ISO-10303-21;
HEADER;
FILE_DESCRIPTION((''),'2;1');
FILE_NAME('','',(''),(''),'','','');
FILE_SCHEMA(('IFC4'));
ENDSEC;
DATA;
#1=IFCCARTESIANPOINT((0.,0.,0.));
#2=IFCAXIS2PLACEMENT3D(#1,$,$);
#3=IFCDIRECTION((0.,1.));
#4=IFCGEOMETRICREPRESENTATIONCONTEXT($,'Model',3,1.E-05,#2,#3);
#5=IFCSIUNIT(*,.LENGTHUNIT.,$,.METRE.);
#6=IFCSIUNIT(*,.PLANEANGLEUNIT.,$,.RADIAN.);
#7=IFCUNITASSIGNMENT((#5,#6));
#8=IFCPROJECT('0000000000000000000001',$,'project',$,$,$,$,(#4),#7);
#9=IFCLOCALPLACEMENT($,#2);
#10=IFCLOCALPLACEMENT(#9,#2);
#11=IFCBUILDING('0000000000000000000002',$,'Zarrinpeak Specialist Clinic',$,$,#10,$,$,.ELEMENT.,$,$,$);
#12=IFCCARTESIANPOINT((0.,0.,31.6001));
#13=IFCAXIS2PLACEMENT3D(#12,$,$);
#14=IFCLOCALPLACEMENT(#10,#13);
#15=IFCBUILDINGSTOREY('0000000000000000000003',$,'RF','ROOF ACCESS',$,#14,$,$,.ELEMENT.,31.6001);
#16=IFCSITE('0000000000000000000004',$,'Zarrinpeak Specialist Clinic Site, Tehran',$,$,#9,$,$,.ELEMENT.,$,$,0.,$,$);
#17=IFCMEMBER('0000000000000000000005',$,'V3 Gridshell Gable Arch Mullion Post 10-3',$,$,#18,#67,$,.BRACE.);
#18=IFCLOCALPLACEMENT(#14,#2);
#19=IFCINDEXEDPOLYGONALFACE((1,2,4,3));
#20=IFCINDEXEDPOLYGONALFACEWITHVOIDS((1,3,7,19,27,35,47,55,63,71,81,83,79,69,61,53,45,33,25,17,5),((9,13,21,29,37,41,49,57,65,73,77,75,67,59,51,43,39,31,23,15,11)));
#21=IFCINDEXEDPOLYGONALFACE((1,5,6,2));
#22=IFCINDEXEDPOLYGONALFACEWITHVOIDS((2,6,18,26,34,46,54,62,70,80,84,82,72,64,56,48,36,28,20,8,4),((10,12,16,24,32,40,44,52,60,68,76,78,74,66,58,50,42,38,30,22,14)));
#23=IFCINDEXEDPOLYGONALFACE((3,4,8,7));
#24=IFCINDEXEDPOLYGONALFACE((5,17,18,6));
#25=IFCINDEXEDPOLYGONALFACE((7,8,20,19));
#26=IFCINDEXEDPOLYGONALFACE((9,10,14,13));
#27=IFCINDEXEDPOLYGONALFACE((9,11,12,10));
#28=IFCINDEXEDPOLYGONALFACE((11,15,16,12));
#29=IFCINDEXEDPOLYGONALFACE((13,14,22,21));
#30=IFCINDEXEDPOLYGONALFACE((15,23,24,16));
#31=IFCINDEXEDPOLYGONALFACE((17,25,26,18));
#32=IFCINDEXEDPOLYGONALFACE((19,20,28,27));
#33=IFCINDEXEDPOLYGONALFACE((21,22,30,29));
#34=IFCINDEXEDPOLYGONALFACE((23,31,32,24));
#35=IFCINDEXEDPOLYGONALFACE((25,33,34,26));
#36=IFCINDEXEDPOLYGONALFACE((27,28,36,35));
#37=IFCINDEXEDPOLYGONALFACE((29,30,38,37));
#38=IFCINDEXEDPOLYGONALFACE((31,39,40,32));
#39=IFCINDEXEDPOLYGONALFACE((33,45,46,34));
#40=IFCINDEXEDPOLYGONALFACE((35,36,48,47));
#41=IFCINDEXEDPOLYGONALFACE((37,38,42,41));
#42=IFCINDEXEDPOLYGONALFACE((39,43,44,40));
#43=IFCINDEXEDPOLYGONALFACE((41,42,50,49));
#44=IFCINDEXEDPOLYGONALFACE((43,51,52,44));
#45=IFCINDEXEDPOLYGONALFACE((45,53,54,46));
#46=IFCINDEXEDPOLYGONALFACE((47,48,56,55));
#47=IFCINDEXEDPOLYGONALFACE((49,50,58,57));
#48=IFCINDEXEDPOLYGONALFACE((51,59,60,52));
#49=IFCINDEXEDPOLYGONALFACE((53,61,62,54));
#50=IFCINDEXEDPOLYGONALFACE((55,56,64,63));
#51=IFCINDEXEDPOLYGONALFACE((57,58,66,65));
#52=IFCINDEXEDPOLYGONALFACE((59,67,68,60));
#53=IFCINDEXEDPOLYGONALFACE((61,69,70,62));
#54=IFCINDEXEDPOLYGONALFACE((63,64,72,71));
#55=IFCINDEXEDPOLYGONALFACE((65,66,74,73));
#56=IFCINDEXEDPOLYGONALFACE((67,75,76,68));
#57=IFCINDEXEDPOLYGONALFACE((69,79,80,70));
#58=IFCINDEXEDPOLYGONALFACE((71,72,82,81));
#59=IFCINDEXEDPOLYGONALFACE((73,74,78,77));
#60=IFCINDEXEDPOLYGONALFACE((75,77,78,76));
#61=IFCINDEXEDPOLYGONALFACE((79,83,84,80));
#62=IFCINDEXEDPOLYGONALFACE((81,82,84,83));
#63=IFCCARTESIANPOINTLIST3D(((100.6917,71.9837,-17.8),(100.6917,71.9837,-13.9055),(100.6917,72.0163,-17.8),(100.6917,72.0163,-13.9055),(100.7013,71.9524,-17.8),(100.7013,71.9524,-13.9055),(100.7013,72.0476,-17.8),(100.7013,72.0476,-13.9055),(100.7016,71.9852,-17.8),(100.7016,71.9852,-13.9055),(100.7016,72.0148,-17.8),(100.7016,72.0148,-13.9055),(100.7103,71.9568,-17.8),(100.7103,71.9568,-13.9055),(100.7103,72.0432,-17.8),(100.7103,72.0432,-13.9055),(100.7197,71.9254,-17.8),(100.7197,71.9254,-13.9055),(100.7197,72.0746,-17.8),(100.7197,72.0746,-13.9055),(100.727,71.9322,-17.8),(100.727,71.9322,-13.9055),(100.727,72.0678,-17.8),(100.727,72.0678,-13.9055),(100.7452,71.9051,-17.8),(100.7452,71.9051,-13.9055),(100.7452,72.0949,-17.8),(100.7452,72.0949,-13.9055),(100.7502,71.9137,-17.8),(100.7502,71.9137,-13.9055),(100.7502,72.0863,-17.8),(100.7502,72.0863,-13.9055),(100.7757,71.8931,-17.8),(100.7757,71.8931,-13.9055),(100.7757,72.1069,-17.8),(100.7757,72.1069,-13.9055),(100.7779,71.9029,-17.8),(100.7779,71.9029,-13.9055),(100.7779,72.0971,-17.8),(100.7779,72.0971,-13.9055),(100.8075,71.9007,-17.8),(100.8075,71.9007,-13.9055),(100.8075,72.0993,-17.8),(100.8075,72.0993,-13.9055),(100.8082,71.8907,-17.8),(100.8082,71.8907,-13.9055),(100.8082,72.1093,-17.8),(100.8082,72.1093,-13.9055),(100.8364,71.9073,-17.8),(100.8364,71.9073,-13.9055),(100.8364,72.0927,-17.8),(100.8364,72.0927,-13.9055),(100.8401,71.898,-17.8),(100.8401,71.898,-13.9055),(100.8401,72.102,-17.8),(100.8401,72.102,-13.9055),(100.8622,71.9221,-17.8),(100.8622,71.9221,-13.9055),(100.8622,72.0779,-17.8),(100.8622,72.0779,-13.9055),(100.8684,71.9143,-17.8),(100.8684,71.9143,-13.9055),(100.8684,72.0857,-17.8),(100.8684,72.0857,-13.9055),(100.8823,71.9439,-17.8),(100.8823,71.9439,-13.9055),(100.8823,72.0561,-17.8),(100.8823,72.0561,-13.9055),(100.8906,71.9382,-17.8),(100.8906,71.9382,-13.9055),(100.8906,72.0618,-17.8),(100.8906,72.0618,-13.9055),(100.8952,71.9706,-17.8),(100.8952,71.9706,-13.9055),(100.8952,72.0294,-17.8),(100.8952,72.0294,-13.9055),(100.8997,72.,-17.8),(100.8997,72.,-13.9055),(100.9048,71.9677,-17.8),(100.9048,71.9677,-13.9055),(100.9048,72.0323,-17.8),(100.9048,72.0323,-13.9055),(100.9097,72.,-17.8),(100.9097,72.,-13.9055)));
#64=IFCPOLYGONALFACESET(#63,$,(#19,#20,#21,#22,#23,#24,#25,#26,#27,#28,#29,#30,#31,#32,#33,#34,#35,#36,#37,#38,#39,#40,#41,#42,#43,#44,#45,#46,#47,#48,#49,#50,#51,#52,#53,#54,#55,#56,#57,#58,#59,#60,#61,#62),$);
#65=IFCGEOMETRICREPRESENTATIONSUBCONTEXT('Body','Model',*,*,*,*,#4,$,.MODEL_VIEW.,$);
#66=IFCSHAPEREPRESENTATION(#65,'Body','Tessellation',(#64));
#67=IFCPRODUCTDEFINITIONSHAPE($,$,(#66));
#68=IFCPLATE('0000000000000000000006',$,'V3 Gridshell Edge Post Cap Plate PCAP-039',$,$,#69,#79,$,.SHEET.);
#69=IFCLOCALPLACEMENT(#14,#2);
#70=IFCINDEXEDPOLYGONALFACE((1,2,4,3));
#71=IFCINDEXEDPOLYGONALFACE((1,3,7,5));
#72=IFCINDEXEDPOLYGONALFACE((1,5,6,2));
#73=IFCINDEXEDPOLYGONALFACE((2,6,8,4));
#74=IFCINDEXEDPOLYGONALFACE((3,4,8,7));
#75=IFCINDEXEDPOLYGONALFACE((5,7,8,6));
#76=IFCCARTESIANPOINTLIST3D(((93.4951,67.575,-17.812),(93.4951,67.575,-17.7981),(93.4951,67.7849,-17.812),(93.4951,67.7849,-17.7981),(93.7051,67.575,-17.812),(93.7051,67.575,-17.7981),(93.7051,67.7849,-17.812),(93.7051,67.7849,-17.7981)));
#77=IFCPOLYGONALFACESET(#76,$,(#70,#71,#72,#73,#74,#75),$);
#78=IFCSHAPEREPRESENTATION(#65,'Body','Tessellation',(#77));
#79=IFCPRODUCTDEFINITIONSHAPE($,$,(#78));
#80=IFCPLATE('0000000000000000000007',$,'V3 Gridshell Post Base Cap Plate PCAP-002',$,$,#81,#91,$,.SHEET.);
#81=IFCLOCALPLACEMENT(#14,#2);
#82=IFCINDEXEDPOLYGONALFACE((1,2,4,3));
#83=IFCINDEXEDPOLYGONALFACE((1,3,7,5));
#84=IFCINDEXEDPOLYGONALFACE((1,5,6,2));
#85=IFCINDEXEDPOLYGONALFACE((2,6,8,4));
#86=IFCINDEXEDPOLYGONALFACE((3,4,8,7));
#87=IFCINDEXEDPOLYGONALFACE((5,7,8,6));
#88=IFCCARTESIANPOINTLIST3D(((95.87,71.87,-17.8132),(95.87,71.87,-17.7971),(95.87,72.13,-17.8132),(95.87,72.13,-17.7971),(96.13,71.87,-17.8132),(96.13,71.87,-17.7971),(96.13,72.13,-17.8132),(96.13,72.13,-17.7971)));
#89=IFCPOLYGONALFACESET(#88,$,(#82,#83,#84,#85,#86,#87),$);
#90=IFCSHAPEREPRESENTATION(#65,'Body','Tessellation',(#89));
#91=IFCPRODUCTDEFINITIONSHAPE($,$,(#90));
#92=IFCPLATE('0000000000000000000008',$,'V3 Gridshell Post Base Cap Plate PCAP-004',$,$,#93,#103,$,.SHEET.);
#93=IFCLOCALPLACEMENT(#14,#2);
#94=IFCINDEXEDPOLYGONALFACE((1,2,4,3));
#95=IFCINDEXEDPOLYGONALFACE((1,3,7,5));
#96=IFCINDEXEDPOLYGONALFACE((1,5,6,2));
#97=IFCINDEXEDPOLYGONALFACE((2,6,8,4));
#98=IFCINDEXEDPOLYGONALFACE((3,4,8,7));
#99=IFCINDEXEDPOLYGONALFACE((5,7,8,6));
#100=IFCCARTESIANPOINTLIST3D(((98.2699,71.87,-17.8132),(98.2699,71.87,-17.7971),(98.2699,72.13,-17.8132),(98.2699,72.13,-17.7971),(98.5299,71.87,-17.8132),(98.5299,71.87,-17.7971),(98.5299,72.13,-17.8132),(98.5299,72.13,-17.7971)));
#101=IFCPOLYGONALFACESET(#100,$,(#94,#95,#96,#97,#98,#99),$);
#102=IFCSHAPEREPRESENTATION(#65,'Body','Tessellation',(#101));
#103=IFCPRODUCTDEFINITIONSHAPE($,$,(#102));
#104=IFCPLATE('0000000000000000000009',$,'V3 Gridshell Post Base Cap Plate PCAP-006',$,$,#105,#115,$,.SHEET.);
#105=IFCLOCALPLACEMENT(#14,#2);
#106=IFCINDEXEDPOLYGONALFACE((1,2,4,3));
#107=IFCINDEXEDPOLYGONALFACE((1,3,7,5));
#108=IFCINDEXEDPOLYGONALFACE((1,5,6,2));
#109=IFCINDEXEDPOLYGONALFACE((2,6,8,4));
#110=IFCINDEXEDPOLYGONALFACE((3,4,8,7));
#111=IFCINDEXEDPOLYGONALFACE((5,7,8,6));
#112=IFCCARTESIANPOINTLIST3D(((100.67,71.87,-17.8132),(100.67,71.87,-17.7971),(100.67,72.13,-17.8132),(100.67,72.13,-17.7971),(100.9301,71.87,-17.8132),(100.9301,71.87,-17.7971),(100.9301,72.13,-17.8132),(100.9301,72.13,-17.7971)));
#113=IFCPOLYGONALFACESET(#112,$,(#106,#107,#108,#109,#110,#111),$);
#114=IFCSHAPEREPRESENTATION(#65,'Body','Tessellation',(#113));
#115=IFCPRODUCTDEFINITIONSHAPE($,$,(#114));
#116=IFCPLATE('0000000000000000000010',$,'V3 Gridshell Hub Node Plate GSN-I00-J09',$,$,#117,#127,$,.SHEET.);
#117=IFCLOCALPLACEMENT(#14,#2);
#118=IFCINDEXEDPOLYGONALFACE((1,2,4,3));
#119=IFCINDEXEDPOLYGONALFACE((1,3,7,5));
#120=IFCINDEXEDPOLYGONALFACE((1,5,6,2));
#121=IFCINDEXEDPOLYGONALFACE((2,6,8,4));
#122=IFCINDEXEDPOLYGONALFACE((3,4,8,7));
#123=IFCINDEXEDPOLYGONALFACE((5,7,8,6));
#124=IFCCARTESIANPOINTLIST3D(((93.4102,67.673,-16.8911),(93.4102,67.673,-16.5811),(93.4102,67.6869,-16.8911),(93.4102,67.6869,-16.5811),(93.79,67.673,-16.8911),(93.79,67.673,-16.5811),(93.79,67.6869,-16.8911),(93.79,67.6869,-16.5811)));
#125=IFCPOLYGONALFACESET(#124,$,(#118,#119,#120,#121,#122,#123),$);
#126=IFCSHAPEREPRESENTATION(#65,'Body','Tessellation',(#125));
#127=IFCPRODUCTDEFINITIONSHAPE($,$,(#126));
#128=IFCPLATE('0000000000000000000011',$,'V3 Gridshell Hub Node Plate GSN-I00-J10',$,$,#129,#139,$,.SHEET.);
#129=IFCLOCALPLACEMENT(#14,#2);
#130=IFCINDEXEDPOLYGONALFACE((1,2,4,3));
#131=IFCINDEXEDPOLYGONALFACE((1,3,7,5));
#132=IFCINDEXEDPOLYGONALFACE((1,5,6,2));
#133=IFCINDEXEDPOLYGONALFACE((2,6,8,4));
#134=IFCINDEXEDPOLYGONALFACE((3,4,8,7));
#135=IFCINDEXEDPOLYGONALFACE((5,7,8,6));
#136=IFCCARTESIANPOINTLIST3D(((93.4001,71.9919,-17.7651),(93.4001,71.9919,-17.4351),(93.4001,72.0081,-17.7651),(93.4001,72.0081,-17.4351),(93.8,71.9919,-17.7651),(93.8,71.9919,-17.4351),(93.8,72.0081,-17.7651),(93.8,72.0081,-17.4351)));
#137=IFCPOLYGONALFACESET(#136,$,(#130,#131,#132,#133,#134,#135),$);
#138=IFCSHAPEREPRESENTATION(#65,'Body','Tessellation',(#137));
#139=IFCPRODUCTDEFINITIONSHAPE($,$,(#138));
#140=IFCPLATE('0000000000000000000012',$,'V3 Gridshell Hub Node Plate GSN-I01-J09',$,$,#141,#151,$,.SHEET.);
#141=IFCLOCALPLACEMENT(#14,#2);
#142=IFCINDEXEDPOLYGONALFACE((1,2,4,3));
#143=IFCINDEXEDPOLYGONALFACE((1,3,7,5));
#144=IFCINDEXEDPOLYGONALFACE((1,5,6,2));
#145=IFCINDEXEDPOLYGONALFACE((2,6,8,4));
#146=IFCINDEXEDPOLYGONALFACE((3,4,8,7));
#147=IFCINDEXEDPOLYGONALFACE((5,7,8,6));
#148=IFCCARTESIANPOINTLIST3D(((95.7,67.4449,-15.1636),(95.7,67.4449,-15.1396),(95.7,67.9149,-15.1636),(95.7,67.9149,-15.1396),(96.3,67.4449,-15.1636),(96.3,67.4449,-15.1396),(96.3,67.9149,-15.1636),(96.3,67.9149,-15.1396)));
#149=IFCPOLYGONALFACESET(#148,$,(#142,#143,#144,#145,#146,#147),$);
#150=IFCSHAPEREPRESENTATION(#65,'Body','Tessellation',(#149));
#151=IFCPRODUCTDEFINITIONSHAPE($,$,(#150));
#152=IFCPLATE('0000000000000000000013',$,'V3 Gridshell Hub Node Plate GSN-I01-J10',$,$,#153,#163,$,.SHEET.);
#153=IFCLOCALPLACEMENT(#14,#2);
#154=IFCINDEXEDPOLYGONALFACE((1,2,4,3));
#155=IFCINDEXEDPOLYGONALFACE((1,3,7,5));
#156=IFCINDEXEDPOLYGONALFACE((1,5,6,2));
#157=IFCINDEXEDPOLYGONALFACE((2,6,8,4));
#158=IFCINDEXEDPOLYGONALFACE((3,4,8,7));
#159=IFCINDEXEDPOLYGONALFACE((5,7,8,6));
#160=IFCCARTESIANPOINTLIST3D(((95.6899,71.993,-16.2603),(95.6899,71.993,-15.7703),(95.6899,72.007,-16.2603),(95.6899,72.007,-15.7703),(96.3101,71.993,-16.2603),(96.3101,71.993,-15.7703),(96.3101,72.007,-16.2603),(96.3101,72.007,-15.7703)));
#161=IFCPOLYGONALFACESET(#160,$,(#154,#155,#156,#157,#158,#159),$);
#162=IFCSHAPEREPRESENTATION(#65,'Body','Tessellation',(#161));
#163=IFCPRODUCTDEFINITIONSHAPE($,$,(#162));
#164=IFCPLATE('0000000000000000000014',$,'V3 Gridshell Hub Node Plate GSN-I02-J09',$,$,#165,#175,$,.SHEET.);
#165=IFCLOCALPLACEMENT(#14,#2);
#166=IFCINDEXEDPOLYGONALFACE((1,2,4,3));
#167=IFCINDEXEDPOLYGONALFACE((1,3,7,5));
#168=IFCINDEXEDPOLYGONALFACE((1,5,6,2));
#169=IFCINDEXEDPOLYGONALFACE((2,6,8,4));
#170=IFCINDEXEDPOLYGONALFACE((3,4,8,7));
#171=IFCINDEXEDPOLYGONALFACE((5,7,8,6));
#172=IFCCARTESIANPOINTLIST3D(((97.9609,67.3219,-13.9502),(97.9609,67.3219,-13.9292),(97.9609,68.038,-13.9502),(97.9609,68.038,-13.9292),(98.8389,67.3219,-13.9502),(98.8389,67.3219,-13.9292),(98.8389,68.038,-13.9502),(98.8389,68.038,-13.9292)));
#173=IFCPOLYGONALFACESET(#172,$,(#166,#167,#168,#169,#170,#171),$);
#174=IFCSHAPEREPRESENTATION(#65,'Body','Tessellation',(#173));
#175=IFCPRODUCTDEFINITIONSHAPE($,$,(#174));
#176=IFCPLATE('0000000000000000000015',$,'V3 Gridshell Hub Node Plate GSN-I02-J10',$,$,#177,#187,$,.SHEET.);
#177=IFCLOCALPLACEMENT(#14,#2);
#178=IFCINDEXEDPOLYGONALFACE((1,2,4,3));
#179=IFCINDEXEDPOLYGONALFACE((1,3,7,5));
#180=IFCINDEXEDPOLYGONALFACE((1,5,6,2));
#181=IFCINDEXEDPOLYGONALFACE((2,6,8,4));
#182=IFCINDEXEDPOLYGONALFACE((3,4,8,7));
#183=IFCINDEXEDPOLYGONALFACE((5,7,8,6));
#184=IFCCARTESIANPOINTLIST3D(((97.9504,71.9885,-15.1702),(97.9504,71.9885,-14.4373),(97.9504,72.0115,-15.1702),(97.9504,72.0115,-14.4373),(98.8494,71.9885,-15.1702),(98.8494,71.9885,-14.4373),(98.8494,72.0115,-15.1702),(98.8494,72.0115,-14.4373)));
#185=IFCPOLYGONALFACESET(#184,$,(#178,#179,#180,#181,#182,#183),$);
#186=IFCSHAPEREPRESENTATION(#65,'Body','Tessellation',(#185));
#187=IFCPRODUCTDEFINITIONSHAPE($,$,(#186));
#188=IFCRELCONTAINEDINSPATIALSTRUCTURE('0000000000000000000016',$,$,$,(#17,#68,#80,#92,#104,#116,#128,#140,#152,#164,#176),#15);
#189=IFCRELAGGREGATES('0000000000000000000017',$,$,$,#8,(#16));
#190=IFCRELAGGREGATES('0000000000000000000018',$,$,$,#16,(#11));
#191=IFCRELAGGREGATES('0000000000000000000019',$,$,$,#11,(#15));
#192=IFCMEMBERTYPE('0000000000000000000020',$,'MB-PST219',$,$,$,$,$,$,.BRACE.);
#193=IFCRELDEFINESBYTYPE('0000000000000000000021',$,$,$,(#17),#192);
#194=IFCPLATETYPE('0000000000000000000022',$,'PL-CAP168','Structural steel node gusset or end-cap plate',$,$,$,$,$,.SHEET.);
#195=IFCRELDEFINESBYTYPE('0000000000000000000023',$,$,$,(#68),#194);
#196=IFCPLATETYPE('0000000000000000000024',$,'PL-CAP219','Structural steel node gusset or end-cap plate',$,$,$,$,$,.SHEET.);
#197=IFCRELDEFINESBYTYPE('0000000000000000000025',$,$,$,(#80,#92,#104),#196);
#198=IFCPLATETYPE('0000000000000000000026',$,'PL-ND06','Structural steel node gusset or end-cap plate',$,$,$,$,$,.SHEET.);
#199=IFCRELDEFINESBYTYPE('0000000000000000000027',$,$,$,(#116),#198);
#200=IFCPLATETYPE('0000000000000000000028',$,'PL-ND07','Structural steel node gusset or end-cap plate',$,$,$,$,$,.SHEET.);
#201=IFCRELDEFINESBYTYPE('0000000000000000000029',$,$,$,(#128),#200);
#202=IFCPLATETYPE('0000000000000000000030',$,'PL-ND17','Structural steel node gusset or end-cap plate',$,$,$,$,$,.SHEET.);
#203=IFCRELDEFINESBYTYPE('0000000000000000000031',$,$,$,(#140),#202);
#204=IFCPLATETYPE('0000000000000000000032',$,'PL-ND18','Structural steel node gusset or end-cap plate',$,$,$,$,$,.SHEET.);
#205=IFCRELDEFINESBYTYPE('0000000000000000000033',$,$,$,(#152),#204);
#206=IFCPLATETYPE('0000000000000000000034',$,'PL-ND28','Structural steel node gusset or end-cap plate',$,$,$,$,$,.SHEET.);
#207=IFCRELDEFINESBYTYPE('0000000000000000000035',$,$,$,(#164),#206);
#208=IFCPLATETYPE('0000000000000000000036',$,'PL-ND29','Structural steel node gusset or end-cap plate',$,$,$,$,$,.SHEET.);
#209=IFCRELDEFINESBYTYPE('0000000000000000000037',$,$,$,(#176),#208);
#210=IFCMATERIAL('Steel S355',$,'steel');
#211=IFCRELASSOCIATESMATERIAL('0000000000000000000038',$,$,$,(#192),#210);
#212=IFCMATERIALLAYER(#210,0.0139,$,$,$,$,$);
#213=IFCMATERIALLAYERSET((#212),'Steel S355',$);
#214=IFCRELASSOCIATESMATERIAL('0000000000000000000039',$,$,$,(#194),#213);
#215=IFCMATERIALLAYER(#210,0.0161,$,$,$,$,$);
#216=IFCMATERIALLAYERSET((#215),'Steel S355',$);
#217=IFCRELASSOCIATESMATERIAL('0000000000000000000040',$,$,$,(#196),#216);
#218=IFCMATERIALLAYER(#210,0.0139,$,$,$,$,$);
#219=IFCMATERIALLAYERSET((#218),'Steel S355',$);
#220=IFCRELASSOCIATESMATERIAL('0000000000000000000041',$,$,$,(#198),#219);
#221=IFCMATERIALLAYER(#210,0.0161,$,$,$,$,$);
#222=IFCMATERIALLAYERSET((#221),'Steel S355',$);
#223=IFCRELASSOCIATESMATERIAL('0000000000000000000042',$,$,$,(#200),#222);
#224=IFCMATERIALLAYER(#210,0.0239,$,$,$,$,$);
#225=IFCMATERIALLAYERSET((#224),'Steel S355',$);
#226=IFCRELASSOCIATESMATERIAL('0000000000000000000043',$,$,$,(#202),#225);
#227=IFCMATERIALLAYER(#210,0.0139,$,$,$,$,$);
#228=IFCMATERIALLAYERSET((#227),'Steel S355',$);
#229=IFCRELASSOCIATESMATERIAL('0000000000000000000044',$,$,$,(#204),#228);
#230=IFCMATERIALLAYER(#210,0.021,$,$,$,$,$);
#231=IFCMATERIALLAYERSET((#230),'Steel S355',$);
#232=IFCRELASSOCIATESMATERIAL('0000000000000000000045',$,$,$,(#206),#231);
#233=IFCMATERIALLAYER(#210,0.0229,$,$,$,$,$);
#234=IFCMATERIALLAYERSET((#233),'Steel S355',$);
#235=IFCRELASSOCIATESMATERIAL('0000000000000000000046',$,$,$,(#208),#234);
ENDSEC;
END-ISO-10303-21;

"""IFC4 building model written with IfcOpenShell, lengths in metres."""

from ifc_helpers import new_model, si_unit, direction, frame, origin, origin_2d, place, context, subcontext, project, spatial, rectangle, hollow_circle, extrude, material, layer, layer_set, material_profile, profile_set, type_object, element, save


model = new_model("IFC4")

# Units and contexts
model_context = context("Model", 3, precision=1e-05, world=origin(), true_north=direction((0.0, 1.0)))
body_context = subcontext(model_context, "Body", "Model", "MODEL_VIEW")
ifc_project = project(units=[si_unit("LENGTHUNIT", "METRE"), si_unit("PLANEANGLEUNIT", "RADIAN")], contexts=[model_context])

# Site, building, storey
site_placement = place(None, origin())
site = spatial("IfcSite", under=ifc_project, at=site_placement, Name="Zarrinpeak Specialist Clinic Site, Tehran", CompositionType="ELEMENT", RefElevation=0.0)
building_placement = place(site_placement, origin())
building = spatial("IfcBuilding", under=site, at=building_placement, Name="Zarrinpeak Specialist Clinic", CompositionType="ELEMENT")
storey_placement = place(building_placement, frame((0.0, 0.0, 31.6001)))
storey = spatial("IfcBuildingStorey", under=building, at=storey_placement, Name="RF", Description="ROOF ACCESS", CompositionType="ELEMENT", Elevation=31.6001)

# Member
ifc_material_1 = material(Name="Steel S355", Category="steel")
ifc_material_profile_1 = material_profile(ifc_material_1, hollow_circle(Radius=0.1096, WallThickness=0.01, at=origin_2d()), Name="CHS 219.1x10.0")
ifc_profile_set_1 = profile_set([ifc_material_profile_1], Name="Steel S355")
member_type_1 = type_object("IfcMemberType", Name="MB-PST219", PredefinedType="BRACE", material=ifc_profile_set_1)
member_1_placement = place(storey_placement, frame((100.8, 72.0, -17.8), z_axis=(0.0, 0.0, 1.0), x_axis=(1.0, 0.0, 0.0)))
element("IfcMember", 1, at=member_1_placement, inside=storey, type_object=member_type_1, Name="V3 Gridshell Gable Arch Mullion Post 10-3", PredefinedType="BRACE", context=body_context, shape_type="SweptSolid", body=[
    extrude(hollow_circle(Radius=0.1096, WallThickness=0.01, at=origin_2d()), origin(), (0.0, 0.0, 1.0), 3.8945),
])

# Plates
ifc_layer_1 = layer(ifc_material_1, 0.0139)
ifc_layer_set_1 = layer_set([ifc_layer_1], Name="Steel S355")
plate_type_1 = type_object("IfcPlateType", Name="PL-CAP168", Description="Structural steel node gusset or end-cap plate", PredefinedType="SHEET", material=ifc_layer_set_1)
plate_1_placement = place(storey_placement, frame((93.6001, 67.6799, -17.812), z_axis=(0.0, 0.0, 1.0), x_axis=(1.0, 0.0, 0.0)))
element("IfcPlate", 2, at=plate_1_placement, inside=storey, type_object=plate_type_1, Name="V3 Gridshell Edge Post Cap Plate PCAP-039", PredefinedType="SHEET", context=body_context, shape_type="SweptSolid", body=[
    extrude(rectangle(XDim=0.21, YDim=0.21, at=origin_2d()), origin(), (0.0, 0.0, 1.0), 0.0139),
])
ifc_layer_2 = layer(ifc_material_1, 0.0161)
ifc_layer_set_2 = layer_set([ifc_layer_2], Name="Steel S355")
plate_type_2 = type_object("IfcPlateType", Name="PL-CAP219", Description="Structural steel node gusset or end-cap plate", PredefinedType="SHEET", material=ifc_layer_set_2)
for number, where, z_axis, x_axis, name in (
    (3, (96.0, 72.0, -17.8132), (0.0, 0.0, 1.0), (1.0, 0.0, 0.0), "V3 Gridshell Post Base Cap Plate PCAP-002"),
    (4, (98.3999, 72.0, -17.8132), (0.0, 0.0, 1.0), (1.0, 0.0, 0.0), "V3 Gridshell Post Base Cap Plate PCAP-004"),
    (5, (100.8, 72.0, -17.8132), (0.0, 0.0, 1.0), (1.0, 0.0, 0.0), "V3 Gridshell Post Base Cap Plate PCAP-006"),
):
    element("IfcPlate", number, at=place(storey_placement, frame(where, z_axis=z_axis, x_axis=x_axis)), inside=storey, type_object=plate_type_2, Name=name, PredefinedType="SHEET", context=body_context, shape_type="SweptSolid", body=[
        extrude(rectangle(XDim=0.26, YDim=0.26, at=origin_2d()), origin(), (0.0, 0.0, 1.0), 0.0161),
    ])
ifc_layer_3 = layer(ifc_material_1, 0.0139)
ifc_layer_set_3 = layer_set([ifc_layer_3], Name="Steel S355")
plate_type_3 = type_object("IfcPlateType", Name="PL-ND06", Description="Structural steel node gusset or end-cap plate", PredefinedType="SHEET", material=ifc_layer_set_3)
plate_2_placement = place(storey_placement, frame((93.6001, 67.6799, -16.8911), z_axis=(0.0, 0.0, 1.0), x_axis=(1.0, 0.0, 0.0)))
element("IfcPlate", 6, at=plate_2_placement, inside=storey, type_object=plate_type_3, Name="V3 Gridshell Hub Node Plate GSN-I00-J09", PredefinedType="SHEET", context=body_context, shape_type="SweptSolid", body=[
    extrude(rectangle(XDim=0.3799, YDim=0.0139, at=origin_2d()), origin(), (0.0, 0.0, 1.0), 0.3101),
])
ifc_layer_4 = layer(ifc_material_1, 0.0161)
ifc_layer_set_4 = layer_set([ifc_layer_4], Name="Steel S355")
plate_type_4 = type_object("IfcPlateType", Name="PL-ND07", Description="Structural steel node gusset or end-cap plate", PredefinedType="SHEET", material=ifc_layer_set_4)
plate_3_placement = place(storey_placement, frame((93.6001, 72.0, -17.7651), z_axis=(0.0, 0.0, 1.0), x_axis=(1.0, 0.0, 0.0)))
element("IfcPlate", 7, at=plate_3_placement, inside=storey, type_object=plate_type_4, Name="V3 Gridshell Hub Node Plate GSN-I00-J10", PredefinedType="SHEET", context=body_context, shape_type="SweptSolid", body=[
    extrude(rectangle(XDim=0.3999, YDim=0.0161, at=origin_2d()), origin(), (0.0, 0.0, 1.0), 0.3301),
])
ifc_layer_5 = layer(ifc_material_1, 0.0239)
ifc_layer_set_5 = layer_set([ifc_layer_5], Name="Steel S355")
plate_type_5 = type_object("IfcPlateType", Name="PL-ND17", Description="Structural steel node gusset or end-cap plate", PredefinedType="SHEET", material=ifc_layer_set_5)
plate_4_placement = place(storey_placement, frame((96.0, 67.6799, -15.1636), z_axis=(0.0, 0.0, 1.0), x_axis=(1.0, 0.0, 0.0)))
element("IfcPlate", 8, at=plate_4_placement, inside=storey, type_object=plate_type_5, Name="V3 Gridshell Hub Node Plate GSN-I01-J09", PredefinedType="SHEET", context=body_context, shape_type="SweptSolid", body=[
    extrude(rectangle(XDim=0.6001, YDim=0.47, at=origin_2d()), origin(), (0.0, 0.0, 1.0), 0.0239),
])
ifc_layer_6 = layer(ifc_material_1, 0.0139)
ifc_layer_set_6 = layer_set([ifc_layer_6], Name="Steel S355")
plate_type_6 = type_object("IfcPlateType", Name="PL-ND18", Description="Structural steel node gusset or end-cap plate", PredefinedType="SHEET", material=ifc_layer_set_6)
plate_5_placement = place(storey_placement, frame((96.0, 72.0, -16.2603), z_axis=(0.0, 0.0, 1.0), x_axis=(1.0, 0.0, 0.0)))
element("IfcPlate", 9, at=plate_5_placement, inside=storey, type_object=plate_type_6, Name="V3 Gridshell Hub Node Plate GSN-I01-J10", PredefinedType="SHEET", context=body_context, shape_type="SweptSolid", body=[
    extrude(rectangle(XDim=0.6201, YDim=0.0139, at=origin_2d()), origin(), (0.0, 0.0, 1.0), 0.49),
])
ifc_layer_7 = layer(ifc_material_1, 0.021)
ifc_layer_set_7 = layer_set([ifc_layer_7], Name="Steel S355")
plate_type_7 = type_object("IfcPlateType", Name="PL-ND28", Description="Structural steel node gusset or end-cap plate", PredefinedType="SHEET", material=ifc_layer_set_7)
plate_6_placement = place(storey_placement, frame((98.3999, 67.6799, -13.9502), z_axis=(0.0, 0.0, 1.0), x_axis=(1.0, 0.0, 0.0)))
element("IfcPlate", 10, at=plate_6_placement, inside=storey, type_object=plate_type_7, Name="V3 Gridshell Hub Node Plate GSN-I02-J09", PredefinedType="SHEET", context=body_context, shape_type="SweptSolid", body=[
    extrude(rectangle(XDim=0.8779, YDim=0.7161, at=origin_2d()), origin(), (0.0, 0.0, 1.0), 0.021),
])
ifc_layer_8 = layer(ifc_material_1, 0.0229)
ifc_layer_set_8 = layer_set([ifc_layer_8], Name="Steel S355")
plate_type_8 = type_object("IfcPlateType", Name="PL-ND29", Description="Structural steel node gusset or end-cap plate", PredefinedType="SHEET", material=ifc_layer_set_8)
plate_7_placement = place(storey_placement, frame((98.3999, 72.0, -15.1702), z_axis=(0.0, 0.0, 1.0), x_axis=(1.0, 0.0, 0.0)))
element("IfcPlate", 11, at=plate_7_placement, inside=storey, type_object=plate_type_8, Name="V3 Gridshell Hub Node Plate GSN-I02-J10", PredefinedType="SHEET", context=body_context, shape_type="SweptSolid", body=[
    extrude(rectangle(XDim=0.8989, YDim=0.0229, at=origin_2d()), origin(), (0.0, 0.0, 1.0), 0.7329),
])

save(model, "model.ifc")
